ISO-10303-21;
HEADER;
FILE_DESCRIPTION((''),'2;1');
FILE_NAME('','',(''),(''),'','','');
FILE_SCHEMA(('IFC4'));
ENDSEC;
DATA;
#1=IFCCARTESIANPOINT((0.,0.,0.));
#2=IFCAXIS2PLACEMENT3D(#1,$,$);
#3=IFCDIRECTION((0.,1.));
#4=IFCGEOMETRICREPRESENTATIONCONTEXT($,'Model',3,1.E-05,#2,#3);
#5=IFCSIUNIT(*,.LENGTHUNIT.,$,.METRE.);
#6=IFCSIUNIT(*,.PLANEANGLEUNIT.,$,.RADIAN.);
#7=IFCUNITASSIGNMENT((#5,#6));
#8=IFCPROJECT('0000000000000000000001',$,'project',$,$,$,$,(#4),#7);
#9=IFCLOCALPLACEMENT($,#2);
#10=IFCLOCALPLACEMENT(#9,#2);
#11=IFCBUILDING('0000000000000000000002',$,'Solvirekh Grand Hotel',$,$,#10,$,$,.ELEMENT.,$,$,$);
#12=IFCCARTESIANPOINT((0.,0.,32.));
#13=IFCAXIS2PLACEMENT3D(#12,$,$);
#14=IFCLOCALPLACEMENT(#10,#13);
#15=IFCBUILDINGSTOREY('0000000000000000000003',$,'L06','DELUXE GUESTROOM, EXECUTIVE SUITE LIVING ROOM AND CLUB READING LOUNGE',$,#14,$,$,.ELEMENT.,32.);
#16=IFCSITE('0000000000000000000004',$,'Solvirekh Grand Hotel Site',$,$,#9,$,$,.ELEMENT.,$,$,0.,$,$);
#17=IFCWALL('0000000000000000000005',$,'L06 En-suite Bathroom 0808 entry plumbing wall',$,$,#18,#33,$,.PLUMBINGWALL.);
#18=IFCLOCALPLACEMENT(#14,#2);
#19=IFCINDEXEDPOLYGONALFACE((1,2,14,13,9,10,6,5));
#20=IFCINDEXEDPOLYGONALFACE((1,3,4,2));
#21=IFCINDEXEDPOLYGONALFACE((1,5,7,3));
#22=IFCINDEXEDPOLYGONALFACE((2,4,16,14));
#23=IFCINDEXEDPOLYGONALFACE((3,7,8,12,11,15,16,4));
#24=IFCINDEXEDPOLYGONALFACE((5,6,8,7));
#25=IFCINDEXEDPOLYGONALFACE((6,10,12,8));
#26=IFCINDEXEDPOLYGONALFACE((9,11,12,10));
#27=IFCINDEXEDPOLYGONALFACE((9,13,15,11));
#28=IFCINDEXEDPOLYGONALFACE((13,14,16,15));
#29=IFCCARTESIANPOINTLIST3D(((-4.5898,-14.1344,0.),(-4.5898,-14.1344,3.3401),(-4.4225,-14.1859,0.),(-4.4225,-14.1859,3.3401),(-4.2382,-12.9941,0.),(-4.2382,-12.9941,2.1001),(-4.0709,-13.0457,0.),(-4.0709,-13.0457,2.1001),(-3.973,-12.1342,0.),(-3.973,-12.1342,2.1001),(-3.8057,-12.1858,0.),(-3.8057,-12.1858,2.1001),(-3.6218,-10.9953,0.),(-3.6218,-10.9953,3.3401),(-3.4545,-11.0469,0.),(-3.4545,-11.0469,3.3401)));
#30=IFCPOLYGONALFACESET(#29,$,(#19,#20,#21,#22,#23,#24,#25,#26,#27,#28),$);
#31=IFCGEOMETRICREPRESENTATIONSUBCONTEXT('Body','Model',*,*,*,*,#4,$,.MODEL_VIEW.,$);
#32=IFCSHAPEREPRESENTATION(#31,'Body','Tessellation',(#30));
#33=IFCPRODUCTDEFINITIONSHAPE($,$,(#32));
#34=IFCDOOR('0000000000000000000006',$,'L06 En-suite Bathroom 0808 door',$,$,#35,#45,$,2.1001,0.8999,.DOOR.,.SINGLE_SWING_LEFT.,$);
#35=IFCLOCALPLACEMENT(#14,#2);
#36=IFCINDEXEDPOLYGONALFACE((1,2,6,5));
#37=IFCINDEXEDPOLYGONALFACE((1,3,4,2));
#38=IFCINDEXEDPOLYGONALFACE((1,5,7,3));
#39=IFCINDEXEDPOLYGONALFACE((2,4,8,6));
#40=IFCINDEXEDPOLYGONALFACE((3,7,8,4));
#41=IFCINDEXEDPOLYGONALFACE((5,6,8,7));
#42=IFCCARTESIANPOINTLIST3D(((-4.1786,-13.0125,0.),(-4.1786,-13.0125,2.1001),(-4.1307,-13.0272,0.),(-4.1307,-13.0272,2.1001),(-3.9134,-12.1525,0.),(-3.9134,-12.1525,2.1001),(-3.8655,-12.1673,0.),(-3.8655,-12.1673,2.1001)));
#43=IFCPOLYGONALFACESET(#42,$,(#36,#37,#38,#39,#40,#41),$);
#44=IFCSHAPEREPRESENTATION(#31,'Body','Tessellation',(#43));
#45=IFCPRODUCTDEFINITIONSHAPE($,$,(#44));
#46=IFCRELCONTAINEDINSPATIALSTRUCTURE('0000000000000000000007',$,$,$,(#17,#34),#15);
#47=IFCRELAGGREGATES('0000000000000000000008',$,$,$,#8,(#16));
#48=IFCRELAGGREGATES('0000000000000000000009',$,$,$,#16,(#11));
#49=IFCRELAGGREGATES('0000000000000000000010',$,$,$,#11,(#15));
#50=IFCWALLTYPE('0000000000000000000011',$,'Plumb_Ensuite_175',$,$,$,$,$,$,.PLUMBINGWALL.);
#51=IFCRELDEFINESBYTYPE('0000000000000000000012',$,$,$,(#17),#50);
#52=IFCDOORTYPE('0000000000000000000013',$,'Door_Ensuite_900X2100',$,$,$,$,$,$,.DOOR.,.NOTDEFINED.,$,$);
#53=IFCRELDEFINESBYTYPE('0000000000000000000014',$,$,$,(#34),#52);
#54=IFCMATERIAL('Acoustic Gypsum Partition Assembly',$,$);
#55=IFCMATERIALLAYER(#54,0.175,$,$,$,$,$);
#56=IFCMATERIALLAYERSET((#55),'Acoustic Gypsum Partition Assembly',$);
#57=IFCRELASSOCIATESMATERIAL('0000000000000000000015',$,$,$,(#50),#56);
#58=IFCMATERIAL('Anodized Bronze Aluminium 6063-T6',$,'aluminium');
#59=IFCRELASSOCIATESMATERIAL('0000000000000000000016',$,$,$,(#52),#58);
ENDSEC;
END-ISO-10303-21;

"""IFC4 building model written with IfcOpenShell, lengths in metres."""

from ifc_helpers import new_model, si_unit, direction, frame, frame_2d, origin, place, context, subcontext, project, spatial, rectangle, extrude, material, layer, layer_set, type_object, element, fill, save


model = new_model("IFC4")

# Units and contexts
model_context = context("Model", 3, precision=1e-05, world=origin(), true_north=direction((0.0, 1.0)))
body_context = subcontext(model_context, "Body", "Model", "MODEL_VIEW")
ifc_project = project(units=[si_unit("LENGTHUNIT", "METRE"), si_unit("PLANEANGLEUNIT", "RADIAN")], contexts=[model_context])

# Site, building, storey
site_placement = place(None, origin())
site = spatial("IfcSite", under=ifc_project, at=site_placement, Name="Solvirekh Grand Hotel Site", CompositionType="ELEMENT", RefElevation=0.0)
building_placement = place(site_placement, origin())
building = spatial("IfcBuilding", under=site, at=building_placement, Name="Solvirekh Grand Hotel", CompositionType="ELEMENT")
storey_placement = place(building_placement, frame((0.0, 0.0, 32.0)))
storey = spatial("IfcBuildingStorey", under=building, at=storey_placement, Name="L06", Description="DELUXE GUESTROOM, EXECUTIVE SUITE LIVING ROOM AND CLUB READING LOUNGE", CompositionType="ELEMENT", Elevation=32.0)

# Shared definitions
ifc_material_1 = material(Name="Anodized Bronze Aluminium 6063-T6", Category="aluminium")

# Shared definitions
ifc_material_2 = material(Name="Acoustic Gypsum Partition Assembly")

# Shared definitions
ifc_layer_1 = layer(ifc_material_2, 0.175)
ifc_layer_set_1 = layer_set([ifc_layer_1], Name="Acoustic Gypsum Partition Assembly")
wall_type_1 = type_object("IfcWallType", Name="Plumb_Ensuite_175", PredefinedType="PLUMBINGWALL", material=ifc_layer_set_1)

# Wall, opening, door
wall_1_placement = place(storey_placement, frame((-3.5381, -11.021, 0.0), z_axis=(0.0, 0.0, 1.0), x_axis=(-0.294697, -0.955591, 0.0)))
wall_1 = element("IfcWall", 1, at=wall_1_placement, inside=storey, type_object=wall_type_1, Name="L06 En-suite Bathroom 0808 entry plumbing wall", PredefinedType="PLUMBINGWALL", context=body_context, shape_type="SweptSolid", body=[
    extrude(rectangle(XDim=3.2849, YDim=0.175, at=frame_2d((1.6426, 0.0))), origin(), (0.0, 0.0, 1.0), 3.3401),
])
opening_1_placement = place(wall_1_placement, frame((1.1919, 0.0, 0.0)))
opening_1 = element("IfcOpeningElement", 2, at=opening_1_placement, cuts=wall_1, PredefinedType="OPENING", context=body_context, shape_type="SweptSolid", body=[
    extrude(rectangle(XDim=0.8999, YDim=2.1001, at=frame_2d((0.45, 1.05))), frame((0.0, 0.0977, 0.0), z_axis=(0.0, -1.0, 0.0), x_axis=(1.0, 0.0, 0.0)), (0.0, 0.0, 1.0), 0.1951),
])
door_type_1 = type_object("IfcDoorType", Name="Door_Ensuite_900X2100", OperationType="NOTDEFINED", PredefinedType="DOOR", material=ifc_material_1)
door_1_placement = place(opening_1_placement, origin())
door_1 = element("IfcDoor", 3, at=door_1_placement, inside=storey, type_object=door_type_1, Name="L06 En-suite Bathroom 0808 door", OperationType="SINGLE_SWING_LEFT", OverallHeight=2.1001, OverallWidth=0.8999, PredefinedType="DOOR", context=body_context, shape_type="SweptSolid", body=[
    extrude(rectangle(XDim=0.8999, YDim=2.1001, at=frame_2d((0.45, 1.05))), frame((0.0, 0.0249, 0.0), z_axis=(0.0, -1.0, 0.0), x_axis=(1.0, 0.0, 0.0)), (0.0, 0.0, 1.0), 0.05),
])
fill(opening_1, door_1)

save(model, "model.ifc")
